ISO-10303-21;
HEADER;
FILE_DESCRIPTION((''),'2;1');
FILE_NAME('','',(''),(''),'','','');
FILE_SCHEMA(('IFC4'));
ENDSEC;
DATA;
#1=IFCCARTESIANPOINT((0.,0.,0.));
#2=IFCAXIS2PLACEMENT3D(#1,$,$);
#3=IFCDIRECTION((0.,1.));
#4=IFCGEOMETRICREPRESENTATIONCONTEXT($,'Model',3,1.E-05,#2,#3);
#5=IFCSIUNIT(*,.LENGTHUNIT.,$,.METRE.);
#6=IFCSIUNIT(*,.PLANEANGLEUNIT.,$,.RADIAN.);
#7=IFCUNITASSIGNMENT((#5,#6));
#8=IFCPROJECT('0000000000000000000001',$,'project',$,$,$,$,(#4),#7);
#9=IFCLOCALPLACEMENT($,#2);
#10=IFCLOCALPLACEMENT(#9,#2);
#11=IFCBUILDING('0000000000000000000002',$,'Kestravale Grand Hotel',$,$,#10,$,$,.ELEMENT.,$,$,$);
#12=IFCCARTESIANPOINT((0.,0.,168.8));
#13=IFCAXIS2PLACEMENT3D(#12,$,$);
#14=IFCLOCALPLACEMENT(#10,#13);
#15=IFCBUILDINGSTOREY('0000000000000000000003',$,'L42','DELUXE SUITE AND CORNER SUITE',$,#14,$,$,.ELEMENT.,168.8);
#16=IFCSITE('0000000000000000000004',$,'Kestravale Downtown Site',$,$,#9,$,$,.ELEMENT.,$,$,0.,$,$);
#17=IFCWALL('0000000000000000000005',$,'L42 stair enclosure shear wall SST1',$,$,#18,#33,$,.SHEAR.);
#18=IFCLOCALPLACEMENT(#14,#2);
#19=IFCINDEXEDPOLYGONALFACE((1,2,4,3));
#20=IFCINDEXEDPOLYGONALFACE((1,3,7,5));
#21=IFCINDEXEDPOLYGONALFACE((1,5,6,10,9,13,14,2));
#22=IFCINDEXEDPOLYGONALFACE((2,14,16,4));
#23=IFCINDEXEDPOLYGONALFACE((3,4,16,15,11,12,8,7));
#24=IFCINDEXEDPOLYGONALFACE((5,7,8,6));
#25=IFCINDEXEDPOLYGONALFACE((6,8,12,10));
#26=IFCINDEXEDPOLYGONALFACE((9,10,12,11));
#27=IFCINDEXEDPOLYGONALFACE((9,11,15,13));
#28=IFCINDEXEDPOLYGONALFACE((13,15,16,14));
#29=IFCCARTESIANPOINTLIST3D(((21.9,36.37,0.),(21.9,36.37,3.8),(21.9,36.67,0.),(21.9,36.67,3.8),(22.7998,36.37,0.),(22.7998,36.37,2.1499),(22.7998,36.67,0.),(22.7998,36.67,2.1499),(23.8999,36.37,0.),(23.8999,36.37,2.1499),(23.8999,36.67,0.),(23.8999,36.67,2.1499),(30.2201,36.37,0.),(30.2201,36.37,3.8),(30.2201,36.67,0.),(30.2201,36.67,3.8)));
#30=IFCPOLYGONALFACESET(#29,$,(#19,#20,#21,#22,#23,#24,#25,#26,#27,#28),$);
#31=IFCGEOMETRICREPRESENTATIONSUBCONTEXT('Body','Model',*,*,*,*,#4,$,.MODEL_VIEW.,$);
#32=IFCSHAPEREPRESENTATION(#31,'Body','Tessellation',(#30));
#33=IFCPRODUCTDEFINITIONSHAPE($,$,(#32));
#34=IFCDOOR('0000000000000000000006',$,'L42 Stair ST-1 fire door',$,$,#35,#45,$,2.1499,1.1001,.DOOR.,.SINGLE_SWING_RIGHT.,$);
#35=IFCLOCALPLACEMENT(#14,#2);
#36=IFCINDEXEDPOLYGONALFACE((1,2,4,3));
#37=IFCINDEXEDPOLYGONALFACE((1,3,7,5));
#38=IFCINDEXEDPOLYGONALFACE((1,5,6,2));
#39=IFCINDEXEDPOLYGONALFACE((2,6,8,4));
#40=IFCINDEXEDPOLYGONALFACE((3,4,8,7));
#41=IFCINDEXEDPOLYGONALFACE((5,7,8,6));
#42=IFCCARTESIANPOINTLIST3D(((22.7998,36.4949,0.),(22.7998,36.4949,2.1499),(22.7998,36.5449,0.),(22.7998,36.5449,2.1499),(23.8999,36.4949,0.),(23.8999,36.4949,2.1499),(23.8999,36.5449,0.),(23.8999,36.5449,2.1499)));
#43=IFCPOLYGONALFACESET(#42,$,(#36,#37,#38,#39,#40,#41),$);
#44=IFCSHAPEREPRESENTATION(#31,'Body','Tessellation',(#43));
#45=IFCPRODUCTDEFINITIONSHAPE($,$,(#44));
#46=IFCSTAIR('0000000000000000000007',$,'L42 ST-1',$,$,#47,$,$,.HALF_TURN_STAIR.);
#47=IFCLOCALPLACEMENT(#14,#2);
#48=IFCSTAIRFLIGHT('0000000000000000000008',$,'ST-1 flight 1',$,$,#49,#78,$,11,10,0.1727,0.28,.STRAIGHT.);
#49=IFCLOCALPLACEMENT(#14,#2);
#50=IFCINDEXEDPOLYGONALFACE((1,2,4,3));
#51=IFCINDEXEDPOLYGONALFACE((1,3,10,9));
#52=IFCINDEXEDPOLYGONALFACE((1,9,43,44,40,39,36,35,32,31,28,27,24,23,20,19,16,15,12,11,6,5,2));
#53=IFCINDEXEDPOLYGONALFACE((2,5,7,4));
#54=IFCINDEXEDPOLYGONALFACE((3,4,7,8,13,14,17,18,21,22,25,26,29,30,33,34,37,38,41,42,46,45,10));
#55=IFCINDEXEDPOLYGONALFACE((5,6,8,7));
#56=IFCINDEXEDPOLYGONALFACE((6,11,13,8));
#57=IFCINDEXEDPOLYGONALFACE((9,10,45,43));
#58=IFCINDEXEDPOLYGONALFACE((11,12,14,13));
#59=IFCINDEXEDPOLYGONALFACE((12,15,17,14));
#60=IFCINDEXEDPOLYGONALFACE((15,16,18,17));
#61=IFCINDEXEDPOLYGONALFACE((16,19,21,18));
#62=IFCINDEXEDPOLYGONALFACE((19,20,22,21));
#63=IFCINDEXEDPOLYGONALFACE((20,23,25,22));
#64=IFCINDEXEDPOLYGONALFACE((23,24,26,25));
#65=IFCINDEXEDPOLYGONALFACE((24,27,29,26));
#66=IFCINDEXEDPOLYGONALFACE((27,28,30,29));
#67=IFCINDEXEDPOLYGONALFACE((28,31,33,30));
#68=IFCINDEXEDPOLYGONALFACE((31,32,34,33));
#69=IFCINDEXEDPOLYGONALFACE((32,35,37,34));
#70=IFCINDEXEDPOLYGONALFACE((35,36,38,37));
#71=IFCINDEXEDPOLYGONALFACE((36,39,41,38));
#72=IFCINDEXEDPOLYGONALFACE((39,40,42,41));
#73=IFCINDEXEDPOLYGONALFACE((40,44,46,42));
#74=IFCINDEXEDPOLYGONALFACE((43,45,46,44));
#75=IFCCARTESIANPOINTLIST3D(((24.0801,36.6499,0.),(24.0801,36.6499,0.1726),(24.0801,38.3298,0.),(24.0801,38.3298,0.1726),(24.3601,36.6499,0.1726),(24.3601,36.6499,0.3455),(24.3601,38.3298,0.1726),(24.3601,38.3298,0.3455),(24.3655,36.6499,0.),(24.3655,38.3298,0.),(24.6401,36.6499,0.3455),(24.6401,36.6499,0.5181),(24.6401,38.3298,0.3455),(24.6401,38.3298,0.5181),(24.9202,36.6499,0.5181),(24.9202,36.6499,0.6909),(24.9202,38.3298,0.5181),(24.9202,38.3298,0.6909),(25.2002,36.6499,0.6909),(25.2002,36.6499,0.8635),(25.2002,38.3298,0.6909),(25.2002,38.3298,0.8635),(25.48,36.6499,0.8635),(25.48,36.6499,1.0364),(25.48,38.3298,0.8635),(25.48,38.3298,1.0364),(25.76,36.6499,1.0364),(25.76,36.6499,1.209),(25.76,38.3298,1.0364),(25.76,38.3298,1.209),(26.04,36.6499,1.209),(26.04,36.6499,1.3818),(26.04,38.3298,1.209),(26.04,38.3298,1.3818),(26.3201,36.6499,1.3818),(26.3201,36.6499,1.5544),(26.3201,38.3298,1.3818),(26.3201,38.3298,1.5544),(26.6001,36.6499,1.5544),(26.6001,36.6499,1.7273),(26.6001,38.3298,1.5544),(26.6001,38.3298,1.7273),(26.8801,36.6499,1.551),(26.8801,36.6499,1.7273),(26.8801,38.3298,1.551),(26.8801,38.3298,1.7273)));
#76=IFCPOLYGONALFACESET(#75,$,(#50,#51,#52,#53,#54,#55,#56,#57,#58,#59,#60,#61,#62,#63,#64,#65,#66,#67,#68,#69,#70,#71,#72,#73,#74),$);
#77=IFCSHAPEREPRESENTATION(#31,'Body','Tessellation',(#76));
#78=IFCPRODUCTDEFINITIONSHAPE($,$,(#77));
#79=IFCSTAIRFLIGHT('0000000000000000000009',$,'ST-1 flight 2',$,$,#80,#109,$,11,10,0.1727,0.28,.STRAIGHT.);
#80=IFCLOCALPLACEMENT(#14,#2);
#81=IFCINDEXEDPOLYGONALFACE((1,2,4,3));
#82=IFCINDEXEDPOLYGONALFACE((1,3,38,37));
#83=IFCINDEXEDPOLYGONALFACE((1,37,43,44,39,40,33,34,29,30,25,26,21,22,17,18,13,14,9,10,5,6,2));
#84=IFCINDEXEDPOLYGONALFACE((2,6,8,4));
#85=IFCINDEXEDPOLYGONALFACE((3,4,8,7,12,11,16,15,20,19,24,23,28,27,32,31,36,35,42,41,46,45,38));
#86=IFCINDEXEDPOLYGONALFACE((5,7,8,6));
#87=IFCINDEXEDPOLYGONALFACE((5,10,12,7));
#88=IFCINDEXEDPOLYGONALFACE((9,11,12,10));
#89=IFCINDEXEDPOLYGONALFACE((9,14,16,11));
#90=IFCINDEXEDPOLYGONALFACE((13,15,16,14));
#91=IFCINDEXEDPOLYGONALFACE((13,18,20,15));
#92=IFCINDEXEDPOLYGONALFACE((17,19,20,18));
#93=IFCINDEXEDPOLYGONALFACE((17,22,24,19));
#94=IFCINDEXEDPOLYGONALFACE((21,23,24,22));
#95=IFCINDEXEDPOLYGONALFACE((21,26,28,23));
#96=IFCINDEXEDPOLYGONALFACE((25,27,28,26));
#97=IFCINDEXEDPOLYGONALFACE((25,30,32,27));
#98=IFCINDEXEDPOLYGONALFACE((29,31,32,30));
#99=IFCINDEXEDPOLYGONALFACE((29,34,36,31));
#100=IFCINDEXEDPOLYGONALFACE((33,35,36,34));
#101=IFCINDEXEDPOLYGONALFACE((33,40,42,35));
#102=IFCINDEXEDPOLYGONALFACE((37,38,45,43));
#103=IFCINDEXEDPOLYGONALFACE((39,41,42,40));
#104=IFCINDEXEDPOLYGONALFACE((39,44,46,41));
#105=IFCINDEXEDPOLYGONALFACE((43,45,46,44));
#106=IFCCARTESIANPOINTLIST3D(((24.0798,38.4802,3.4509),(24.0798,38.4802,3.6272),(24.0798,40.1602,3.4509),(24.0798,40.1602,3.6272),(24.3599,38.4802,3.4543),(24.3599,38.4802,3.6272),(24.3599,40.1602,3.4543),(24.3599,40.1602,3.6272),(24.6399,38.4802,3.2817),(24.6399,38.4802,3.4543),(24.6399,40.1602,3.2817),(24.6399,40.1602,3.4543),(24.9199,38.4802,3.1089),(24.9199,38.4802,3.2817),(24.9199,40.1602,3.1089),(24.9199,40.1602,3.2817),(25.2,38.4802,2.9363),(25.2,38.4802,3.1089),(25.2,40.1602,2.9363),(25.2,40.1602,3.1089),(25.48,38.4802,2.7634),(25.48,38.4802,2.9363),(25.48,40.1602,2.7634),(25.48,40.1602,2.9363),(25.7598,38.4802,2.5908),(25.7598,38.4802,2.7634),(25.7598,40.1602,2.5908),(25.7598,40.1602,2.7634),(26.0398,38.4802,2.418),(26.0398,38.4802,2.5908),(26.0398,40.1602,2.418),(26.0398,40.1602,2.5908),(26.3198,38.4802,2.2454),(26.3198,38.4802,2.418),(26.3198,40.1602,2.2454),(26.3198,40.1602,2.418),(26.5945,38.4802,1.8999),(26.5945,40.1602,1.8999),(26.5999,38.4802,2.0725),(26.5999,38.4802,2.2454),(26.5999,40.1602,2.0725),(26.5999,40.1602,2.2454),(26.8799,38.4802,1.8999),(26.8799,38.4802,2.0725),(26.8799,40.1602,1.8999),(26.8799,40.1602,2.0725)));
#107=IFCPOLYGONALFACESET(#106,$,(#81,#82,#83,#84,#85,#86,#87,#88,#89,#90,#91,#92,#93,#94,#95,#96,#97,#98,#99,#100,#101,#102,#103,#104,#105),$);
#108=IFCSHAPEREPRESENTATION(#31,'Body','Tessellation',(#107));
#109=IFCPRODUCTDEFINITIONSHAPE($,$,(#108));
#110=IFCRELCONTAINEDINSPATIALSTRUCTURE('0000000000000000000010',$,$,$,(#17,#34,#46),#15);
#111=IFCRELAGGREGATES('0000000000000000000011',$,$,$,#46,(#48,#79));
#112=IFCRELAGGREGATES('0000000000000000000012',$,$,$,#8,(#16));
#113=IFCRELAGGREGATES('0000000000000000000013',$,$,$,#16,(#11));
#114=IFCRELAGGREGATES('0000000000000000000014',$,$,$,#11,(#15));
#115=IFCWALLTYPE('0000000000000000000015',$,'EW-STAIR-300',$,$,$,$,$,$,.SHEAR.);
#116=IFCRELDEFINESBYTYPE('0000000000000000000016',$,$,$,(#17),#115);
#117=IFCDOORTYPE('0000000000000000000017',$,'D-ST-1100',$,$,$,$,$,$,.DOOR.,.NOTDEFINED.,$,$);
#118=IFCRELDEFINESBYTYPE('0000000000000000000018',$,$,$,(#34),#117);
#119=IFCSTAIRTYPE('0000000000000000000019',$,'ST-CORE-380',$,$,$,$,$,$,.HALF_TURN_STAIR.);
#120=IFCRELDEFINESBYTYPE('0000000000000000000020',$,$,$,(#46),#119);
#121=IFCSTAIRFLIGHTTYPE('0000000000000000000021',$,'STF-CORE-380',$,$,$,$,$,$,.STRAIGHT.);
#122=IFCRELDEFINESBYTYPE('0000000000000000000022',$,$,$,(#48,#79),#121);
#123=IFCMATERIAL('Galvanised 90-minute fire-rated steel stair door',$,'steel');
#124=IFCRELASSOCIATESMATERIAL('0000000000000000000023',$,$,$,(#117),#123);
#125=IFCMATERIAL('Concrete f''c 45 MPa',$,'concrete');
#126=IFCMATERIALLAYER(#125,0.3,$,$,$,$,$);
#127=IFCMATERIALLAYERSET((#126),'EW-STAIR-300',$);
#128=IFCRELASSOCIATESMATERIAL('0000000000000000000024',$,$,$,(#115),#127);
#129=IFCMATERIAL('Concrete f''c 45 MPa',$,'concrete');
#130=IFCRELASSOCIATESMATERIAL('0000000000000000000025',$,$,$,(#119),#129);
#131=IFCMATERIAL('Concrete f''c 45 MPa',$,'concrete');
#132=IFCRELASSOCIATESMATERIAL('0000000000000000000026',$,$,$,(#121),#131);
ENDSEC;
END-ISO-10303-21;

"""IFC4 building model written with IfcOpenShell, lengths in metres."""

from ifc_helpers import new_model, si_unit, direction, frame, frame_2d, origin, place, context, subcontext, project, spatial, polyline, rectangle, outline, extrude, material, layer, layer_set, type_object, element, fill, aggregate, save


model = new_model("IFC4")

# Units and contexts
model_context = context("Model", 3, precision=1e-05, world=origin(), true_north=direction((0.0, 1.0)))
body_context = subcontext(model_context, "Body", "Model", "MODEL_VIEW")
ifc_project = project(units=[si_unit("LENGTHUNIT", "METRE"), si_unit("PLANEANGLEUNIT", "RADIAN")], contexts=[model_context])

# Site, building, storey
site_placement = place(None, origin())
site = spatial("IfcSite", under=ifc_project, at=site_placement, Name="Kestravale Downtown Site", CompositionType="ELEMENT", RefElevation=0.0)
building_placement = place(site_placement, origin())
building = spatial("IfcBuilding", under=site, at=building_placement, Name="Kestravale Grand Hotel", CompositionType="ELEMENT")
storey_placement = place(building_placement, frame((0.0, 0.0, 168.8)))
storey = spatial("IfcBuildingStorey", under=building, at=storey_placement, Name="L42", Description="DELUXE SUITE AND CORNER SUITE", CompositionType="ELEMENT", Elevation=168.8)

# Wall, opening, door
ifc_material_1 = material(Name="Galvanised 90-minute fire-rated steel stair door", Category="steel")
door_type_1 = type_object("IfcDoorType", Name="D-ST-1100", OperationType="NOTDEFINED", PredefinedType="DOOR", material=ifc_material_1)
ifc_material_2 = material(Name="Concrete f'c 45 MPa", Category="concrete")
ifc_layer_1 = layer(ifc_material_2, 0.3)
ifc_layer_set_1 = layer_set([ifc_layer_1], Name="EW-STAIR-300")
wall_type_1 = type_object("IfcWallType", Name="EW-STAIR-300", PredefinedType="SHEAR", material=ifc_layer_set_1)
wall_1_placement = place(storey_placement, frame((21.8999, 36.52, 0.0), z_axis=(0.0, 0.0, 1.0), x_axis=(1.0, 0.0, 0.0)))
wall_1 = element("IfcWall", 1, at=wall_1_placement, inside=storey, type_object=wall_type_1, Name="L42 stair enclosure shear wall SST1", PredefinedType="SHEAR", context=body_context, shape_type="SweptSolid", body=[
    extrude(rectangle(XDim=8.3201, YDim=0.3, at=frame_2d((4.1602, 0.0))), origin(), (0.0, 0.0, 1.0), 3.8),
])
opening_1_placement = place(wall_1_placement, frame((0.8999, 0.0, 0.0)))
opening_1 = element("IfcOpeningElement", 2, at=opening_1_placement, cuts=wall_1, PredefinedType="OPENING", context=body_context, shape_type="SweptSolid", body=[
    extrude(rectangle(XDim=1.1001, YDim=2.1499, at=frame_2d((0.55, 1.075))), frame((0.0, 0.1599, 0.0), z_axis=(0.0, -1.0, 0.0), x_axis=(1.0, 0.0, 0.0)), (0.0, 0.0, 1.0), 0.3201),
])
door_1_placement = place(opening_1_placement, origin())
door_1 = element("IfcDoor", 3, at=door_1_placement, inside=storey, type_object=door_type_1, Name="L42 Stair ST-1 fire door", OperationType="SINGLE_SWING_RIGHT", OverallHeight=2.1499, OverallWidth=1.1001, PredefinedType="DOOR", context=body_context, shape_type="SweptSolid", body=[
    extrude(rectangle(XDim=1.1001, YDim=2.1499, at=frame_2d((0.55, 1.075))), frame((0.0, 0.0249, 0.0), z_axis=(0.0, -1.0, 0.0), x_axis=(1.0, 0.0, 0.0)), (0.0, 0.0, 1.0), 0.05),
])
fill(opening_1, door_1)

# Stair, stair flights
ifc_material_3 = material(Name="Concrete f'c 45 MPa", Category="concrete")
stair_type = type_object("IfcStairType", Name="ST-CORE-380", PredefinedType="HALF_TURN_STAIR", material=ifc_material_3)
stair_placement = place(storey_placement, origin())
stair = element("IfcStair", 4, at=stair_placement, inside=storey, type_object=stair_type, Name="L42 ST-1", PredefinedType="HALF_TURN_STAIR")
ifc_material_4 = material(Name="Concrete f'c 45 MPa", Category="concrete")
stair_flight_type = type_object("IfcStairFlightType", Name="STF-CORE-380", PredefinedType="STRAIGHT", material=ifc_material_4)
stair_flight_1_placement = place(storey_placement, frame((24.0801, 37.49, 0.0), z_axis=(0.0, 0.0, 1.0), x_axis=(1.0, 0.0, 0.0)))
stair_flight_1 = element("IfcStairFlight", 5, at=stair_flight_1_placement, type_object=stair_flight_type, Name="ST-1 flight 1", NumberOfRisers=11, NumberOfTreads=10, PredefinedType="STRAIGHT", RiserHeight=0.1727, TreadLength=0.28, context=body_context, shape_type="SweptSolid", body=[
    extrude(outline(polyline([(0.0, 0.0), (0.0, 0.1726), (0.28, 0.1726), (0.28, 0.3455), (0.5601, 0.3455), (0.5601, 0.5181), (0.8401, 0.5181), (0.8401, 0.6909), (1.1201, 0.6909), (1.1201, 0.8635), (1.3999, 0.8635), (1.3999, 1.0364), (1.6799, 1.0364), (1.6799, 1.209), (1.96, 1.209), (1.96, 1.3818), (2.24, 1.3818), (2.24, 1.5544), (2.52, 1.5544), (2.52, 1.7273), (2.8, 1.7273), (2.8, 1.8999), (2.8, 1.551), (0.2854, 0.0), (0.0, 0.0)])), frame((0.0, 0.8398, 0.0), z_axis=(0.0, -1.0, 0.0), x_axis=(1.0, 0.0, 0.0)), (0.0, 0.0, 1.0), 1.6799),
])
stair_flight_2_placement = place(storey_placement, frame((26.8799, 39.3201, 1.8999), z_axis=(0.0, 0.0, 1.0), x_axis=(-1.0, 0.0, 0.0)))
stair_flight_2 = element("IfcStairFlight", 6, at=stair_flight_2_placement, type_object=stair_flight_type, Name="ST-1 flight 2", NumberOfRisers=11, NumberOfTreads=10, PredefinedType="STRAIGHT", RiserHeight=0.1727, TreadLength=0.28, context=body_context, shape_type="SweptSolid", body=[
    extrude(outline(polyline([(0.0, 0.0), (0.0, 0.1726), (0.28, 0.1726), (0.28, 0.3455), (0.5601, 0.3455), (0.5601, 0.5181), (0.8401, 0.5181), (0.8401, 0.6909), (1.1201, 0.6909), (1.1201, 0.8635), (1.3999, 0.8635), (1.3999, 1.0364), (1.6799, 1.0364), (1.6799, 1.209), (1.96, 1.209), (1.96, 1.3818), (2.24, 1.3818), (2.24, 1.5544), (2.52, 1.5544), (2.52, 1.7273), (2.8, 1.7273), (2.8, 1.8999), (2.8, 1.551), (0.2854, 0.0), (0.0, 0.0)])), frame((0.0, 0.8398, 0.0), z_axis=(0.0, -1.0, 0.0), x_axis=(1.0, 0.0, 0.0)), (0.0, 0.0, 1.0), 1.6799),
])
aggregate(stair, [stair_flight_1, stair_flight_2])

save(model, "model.ifc")
